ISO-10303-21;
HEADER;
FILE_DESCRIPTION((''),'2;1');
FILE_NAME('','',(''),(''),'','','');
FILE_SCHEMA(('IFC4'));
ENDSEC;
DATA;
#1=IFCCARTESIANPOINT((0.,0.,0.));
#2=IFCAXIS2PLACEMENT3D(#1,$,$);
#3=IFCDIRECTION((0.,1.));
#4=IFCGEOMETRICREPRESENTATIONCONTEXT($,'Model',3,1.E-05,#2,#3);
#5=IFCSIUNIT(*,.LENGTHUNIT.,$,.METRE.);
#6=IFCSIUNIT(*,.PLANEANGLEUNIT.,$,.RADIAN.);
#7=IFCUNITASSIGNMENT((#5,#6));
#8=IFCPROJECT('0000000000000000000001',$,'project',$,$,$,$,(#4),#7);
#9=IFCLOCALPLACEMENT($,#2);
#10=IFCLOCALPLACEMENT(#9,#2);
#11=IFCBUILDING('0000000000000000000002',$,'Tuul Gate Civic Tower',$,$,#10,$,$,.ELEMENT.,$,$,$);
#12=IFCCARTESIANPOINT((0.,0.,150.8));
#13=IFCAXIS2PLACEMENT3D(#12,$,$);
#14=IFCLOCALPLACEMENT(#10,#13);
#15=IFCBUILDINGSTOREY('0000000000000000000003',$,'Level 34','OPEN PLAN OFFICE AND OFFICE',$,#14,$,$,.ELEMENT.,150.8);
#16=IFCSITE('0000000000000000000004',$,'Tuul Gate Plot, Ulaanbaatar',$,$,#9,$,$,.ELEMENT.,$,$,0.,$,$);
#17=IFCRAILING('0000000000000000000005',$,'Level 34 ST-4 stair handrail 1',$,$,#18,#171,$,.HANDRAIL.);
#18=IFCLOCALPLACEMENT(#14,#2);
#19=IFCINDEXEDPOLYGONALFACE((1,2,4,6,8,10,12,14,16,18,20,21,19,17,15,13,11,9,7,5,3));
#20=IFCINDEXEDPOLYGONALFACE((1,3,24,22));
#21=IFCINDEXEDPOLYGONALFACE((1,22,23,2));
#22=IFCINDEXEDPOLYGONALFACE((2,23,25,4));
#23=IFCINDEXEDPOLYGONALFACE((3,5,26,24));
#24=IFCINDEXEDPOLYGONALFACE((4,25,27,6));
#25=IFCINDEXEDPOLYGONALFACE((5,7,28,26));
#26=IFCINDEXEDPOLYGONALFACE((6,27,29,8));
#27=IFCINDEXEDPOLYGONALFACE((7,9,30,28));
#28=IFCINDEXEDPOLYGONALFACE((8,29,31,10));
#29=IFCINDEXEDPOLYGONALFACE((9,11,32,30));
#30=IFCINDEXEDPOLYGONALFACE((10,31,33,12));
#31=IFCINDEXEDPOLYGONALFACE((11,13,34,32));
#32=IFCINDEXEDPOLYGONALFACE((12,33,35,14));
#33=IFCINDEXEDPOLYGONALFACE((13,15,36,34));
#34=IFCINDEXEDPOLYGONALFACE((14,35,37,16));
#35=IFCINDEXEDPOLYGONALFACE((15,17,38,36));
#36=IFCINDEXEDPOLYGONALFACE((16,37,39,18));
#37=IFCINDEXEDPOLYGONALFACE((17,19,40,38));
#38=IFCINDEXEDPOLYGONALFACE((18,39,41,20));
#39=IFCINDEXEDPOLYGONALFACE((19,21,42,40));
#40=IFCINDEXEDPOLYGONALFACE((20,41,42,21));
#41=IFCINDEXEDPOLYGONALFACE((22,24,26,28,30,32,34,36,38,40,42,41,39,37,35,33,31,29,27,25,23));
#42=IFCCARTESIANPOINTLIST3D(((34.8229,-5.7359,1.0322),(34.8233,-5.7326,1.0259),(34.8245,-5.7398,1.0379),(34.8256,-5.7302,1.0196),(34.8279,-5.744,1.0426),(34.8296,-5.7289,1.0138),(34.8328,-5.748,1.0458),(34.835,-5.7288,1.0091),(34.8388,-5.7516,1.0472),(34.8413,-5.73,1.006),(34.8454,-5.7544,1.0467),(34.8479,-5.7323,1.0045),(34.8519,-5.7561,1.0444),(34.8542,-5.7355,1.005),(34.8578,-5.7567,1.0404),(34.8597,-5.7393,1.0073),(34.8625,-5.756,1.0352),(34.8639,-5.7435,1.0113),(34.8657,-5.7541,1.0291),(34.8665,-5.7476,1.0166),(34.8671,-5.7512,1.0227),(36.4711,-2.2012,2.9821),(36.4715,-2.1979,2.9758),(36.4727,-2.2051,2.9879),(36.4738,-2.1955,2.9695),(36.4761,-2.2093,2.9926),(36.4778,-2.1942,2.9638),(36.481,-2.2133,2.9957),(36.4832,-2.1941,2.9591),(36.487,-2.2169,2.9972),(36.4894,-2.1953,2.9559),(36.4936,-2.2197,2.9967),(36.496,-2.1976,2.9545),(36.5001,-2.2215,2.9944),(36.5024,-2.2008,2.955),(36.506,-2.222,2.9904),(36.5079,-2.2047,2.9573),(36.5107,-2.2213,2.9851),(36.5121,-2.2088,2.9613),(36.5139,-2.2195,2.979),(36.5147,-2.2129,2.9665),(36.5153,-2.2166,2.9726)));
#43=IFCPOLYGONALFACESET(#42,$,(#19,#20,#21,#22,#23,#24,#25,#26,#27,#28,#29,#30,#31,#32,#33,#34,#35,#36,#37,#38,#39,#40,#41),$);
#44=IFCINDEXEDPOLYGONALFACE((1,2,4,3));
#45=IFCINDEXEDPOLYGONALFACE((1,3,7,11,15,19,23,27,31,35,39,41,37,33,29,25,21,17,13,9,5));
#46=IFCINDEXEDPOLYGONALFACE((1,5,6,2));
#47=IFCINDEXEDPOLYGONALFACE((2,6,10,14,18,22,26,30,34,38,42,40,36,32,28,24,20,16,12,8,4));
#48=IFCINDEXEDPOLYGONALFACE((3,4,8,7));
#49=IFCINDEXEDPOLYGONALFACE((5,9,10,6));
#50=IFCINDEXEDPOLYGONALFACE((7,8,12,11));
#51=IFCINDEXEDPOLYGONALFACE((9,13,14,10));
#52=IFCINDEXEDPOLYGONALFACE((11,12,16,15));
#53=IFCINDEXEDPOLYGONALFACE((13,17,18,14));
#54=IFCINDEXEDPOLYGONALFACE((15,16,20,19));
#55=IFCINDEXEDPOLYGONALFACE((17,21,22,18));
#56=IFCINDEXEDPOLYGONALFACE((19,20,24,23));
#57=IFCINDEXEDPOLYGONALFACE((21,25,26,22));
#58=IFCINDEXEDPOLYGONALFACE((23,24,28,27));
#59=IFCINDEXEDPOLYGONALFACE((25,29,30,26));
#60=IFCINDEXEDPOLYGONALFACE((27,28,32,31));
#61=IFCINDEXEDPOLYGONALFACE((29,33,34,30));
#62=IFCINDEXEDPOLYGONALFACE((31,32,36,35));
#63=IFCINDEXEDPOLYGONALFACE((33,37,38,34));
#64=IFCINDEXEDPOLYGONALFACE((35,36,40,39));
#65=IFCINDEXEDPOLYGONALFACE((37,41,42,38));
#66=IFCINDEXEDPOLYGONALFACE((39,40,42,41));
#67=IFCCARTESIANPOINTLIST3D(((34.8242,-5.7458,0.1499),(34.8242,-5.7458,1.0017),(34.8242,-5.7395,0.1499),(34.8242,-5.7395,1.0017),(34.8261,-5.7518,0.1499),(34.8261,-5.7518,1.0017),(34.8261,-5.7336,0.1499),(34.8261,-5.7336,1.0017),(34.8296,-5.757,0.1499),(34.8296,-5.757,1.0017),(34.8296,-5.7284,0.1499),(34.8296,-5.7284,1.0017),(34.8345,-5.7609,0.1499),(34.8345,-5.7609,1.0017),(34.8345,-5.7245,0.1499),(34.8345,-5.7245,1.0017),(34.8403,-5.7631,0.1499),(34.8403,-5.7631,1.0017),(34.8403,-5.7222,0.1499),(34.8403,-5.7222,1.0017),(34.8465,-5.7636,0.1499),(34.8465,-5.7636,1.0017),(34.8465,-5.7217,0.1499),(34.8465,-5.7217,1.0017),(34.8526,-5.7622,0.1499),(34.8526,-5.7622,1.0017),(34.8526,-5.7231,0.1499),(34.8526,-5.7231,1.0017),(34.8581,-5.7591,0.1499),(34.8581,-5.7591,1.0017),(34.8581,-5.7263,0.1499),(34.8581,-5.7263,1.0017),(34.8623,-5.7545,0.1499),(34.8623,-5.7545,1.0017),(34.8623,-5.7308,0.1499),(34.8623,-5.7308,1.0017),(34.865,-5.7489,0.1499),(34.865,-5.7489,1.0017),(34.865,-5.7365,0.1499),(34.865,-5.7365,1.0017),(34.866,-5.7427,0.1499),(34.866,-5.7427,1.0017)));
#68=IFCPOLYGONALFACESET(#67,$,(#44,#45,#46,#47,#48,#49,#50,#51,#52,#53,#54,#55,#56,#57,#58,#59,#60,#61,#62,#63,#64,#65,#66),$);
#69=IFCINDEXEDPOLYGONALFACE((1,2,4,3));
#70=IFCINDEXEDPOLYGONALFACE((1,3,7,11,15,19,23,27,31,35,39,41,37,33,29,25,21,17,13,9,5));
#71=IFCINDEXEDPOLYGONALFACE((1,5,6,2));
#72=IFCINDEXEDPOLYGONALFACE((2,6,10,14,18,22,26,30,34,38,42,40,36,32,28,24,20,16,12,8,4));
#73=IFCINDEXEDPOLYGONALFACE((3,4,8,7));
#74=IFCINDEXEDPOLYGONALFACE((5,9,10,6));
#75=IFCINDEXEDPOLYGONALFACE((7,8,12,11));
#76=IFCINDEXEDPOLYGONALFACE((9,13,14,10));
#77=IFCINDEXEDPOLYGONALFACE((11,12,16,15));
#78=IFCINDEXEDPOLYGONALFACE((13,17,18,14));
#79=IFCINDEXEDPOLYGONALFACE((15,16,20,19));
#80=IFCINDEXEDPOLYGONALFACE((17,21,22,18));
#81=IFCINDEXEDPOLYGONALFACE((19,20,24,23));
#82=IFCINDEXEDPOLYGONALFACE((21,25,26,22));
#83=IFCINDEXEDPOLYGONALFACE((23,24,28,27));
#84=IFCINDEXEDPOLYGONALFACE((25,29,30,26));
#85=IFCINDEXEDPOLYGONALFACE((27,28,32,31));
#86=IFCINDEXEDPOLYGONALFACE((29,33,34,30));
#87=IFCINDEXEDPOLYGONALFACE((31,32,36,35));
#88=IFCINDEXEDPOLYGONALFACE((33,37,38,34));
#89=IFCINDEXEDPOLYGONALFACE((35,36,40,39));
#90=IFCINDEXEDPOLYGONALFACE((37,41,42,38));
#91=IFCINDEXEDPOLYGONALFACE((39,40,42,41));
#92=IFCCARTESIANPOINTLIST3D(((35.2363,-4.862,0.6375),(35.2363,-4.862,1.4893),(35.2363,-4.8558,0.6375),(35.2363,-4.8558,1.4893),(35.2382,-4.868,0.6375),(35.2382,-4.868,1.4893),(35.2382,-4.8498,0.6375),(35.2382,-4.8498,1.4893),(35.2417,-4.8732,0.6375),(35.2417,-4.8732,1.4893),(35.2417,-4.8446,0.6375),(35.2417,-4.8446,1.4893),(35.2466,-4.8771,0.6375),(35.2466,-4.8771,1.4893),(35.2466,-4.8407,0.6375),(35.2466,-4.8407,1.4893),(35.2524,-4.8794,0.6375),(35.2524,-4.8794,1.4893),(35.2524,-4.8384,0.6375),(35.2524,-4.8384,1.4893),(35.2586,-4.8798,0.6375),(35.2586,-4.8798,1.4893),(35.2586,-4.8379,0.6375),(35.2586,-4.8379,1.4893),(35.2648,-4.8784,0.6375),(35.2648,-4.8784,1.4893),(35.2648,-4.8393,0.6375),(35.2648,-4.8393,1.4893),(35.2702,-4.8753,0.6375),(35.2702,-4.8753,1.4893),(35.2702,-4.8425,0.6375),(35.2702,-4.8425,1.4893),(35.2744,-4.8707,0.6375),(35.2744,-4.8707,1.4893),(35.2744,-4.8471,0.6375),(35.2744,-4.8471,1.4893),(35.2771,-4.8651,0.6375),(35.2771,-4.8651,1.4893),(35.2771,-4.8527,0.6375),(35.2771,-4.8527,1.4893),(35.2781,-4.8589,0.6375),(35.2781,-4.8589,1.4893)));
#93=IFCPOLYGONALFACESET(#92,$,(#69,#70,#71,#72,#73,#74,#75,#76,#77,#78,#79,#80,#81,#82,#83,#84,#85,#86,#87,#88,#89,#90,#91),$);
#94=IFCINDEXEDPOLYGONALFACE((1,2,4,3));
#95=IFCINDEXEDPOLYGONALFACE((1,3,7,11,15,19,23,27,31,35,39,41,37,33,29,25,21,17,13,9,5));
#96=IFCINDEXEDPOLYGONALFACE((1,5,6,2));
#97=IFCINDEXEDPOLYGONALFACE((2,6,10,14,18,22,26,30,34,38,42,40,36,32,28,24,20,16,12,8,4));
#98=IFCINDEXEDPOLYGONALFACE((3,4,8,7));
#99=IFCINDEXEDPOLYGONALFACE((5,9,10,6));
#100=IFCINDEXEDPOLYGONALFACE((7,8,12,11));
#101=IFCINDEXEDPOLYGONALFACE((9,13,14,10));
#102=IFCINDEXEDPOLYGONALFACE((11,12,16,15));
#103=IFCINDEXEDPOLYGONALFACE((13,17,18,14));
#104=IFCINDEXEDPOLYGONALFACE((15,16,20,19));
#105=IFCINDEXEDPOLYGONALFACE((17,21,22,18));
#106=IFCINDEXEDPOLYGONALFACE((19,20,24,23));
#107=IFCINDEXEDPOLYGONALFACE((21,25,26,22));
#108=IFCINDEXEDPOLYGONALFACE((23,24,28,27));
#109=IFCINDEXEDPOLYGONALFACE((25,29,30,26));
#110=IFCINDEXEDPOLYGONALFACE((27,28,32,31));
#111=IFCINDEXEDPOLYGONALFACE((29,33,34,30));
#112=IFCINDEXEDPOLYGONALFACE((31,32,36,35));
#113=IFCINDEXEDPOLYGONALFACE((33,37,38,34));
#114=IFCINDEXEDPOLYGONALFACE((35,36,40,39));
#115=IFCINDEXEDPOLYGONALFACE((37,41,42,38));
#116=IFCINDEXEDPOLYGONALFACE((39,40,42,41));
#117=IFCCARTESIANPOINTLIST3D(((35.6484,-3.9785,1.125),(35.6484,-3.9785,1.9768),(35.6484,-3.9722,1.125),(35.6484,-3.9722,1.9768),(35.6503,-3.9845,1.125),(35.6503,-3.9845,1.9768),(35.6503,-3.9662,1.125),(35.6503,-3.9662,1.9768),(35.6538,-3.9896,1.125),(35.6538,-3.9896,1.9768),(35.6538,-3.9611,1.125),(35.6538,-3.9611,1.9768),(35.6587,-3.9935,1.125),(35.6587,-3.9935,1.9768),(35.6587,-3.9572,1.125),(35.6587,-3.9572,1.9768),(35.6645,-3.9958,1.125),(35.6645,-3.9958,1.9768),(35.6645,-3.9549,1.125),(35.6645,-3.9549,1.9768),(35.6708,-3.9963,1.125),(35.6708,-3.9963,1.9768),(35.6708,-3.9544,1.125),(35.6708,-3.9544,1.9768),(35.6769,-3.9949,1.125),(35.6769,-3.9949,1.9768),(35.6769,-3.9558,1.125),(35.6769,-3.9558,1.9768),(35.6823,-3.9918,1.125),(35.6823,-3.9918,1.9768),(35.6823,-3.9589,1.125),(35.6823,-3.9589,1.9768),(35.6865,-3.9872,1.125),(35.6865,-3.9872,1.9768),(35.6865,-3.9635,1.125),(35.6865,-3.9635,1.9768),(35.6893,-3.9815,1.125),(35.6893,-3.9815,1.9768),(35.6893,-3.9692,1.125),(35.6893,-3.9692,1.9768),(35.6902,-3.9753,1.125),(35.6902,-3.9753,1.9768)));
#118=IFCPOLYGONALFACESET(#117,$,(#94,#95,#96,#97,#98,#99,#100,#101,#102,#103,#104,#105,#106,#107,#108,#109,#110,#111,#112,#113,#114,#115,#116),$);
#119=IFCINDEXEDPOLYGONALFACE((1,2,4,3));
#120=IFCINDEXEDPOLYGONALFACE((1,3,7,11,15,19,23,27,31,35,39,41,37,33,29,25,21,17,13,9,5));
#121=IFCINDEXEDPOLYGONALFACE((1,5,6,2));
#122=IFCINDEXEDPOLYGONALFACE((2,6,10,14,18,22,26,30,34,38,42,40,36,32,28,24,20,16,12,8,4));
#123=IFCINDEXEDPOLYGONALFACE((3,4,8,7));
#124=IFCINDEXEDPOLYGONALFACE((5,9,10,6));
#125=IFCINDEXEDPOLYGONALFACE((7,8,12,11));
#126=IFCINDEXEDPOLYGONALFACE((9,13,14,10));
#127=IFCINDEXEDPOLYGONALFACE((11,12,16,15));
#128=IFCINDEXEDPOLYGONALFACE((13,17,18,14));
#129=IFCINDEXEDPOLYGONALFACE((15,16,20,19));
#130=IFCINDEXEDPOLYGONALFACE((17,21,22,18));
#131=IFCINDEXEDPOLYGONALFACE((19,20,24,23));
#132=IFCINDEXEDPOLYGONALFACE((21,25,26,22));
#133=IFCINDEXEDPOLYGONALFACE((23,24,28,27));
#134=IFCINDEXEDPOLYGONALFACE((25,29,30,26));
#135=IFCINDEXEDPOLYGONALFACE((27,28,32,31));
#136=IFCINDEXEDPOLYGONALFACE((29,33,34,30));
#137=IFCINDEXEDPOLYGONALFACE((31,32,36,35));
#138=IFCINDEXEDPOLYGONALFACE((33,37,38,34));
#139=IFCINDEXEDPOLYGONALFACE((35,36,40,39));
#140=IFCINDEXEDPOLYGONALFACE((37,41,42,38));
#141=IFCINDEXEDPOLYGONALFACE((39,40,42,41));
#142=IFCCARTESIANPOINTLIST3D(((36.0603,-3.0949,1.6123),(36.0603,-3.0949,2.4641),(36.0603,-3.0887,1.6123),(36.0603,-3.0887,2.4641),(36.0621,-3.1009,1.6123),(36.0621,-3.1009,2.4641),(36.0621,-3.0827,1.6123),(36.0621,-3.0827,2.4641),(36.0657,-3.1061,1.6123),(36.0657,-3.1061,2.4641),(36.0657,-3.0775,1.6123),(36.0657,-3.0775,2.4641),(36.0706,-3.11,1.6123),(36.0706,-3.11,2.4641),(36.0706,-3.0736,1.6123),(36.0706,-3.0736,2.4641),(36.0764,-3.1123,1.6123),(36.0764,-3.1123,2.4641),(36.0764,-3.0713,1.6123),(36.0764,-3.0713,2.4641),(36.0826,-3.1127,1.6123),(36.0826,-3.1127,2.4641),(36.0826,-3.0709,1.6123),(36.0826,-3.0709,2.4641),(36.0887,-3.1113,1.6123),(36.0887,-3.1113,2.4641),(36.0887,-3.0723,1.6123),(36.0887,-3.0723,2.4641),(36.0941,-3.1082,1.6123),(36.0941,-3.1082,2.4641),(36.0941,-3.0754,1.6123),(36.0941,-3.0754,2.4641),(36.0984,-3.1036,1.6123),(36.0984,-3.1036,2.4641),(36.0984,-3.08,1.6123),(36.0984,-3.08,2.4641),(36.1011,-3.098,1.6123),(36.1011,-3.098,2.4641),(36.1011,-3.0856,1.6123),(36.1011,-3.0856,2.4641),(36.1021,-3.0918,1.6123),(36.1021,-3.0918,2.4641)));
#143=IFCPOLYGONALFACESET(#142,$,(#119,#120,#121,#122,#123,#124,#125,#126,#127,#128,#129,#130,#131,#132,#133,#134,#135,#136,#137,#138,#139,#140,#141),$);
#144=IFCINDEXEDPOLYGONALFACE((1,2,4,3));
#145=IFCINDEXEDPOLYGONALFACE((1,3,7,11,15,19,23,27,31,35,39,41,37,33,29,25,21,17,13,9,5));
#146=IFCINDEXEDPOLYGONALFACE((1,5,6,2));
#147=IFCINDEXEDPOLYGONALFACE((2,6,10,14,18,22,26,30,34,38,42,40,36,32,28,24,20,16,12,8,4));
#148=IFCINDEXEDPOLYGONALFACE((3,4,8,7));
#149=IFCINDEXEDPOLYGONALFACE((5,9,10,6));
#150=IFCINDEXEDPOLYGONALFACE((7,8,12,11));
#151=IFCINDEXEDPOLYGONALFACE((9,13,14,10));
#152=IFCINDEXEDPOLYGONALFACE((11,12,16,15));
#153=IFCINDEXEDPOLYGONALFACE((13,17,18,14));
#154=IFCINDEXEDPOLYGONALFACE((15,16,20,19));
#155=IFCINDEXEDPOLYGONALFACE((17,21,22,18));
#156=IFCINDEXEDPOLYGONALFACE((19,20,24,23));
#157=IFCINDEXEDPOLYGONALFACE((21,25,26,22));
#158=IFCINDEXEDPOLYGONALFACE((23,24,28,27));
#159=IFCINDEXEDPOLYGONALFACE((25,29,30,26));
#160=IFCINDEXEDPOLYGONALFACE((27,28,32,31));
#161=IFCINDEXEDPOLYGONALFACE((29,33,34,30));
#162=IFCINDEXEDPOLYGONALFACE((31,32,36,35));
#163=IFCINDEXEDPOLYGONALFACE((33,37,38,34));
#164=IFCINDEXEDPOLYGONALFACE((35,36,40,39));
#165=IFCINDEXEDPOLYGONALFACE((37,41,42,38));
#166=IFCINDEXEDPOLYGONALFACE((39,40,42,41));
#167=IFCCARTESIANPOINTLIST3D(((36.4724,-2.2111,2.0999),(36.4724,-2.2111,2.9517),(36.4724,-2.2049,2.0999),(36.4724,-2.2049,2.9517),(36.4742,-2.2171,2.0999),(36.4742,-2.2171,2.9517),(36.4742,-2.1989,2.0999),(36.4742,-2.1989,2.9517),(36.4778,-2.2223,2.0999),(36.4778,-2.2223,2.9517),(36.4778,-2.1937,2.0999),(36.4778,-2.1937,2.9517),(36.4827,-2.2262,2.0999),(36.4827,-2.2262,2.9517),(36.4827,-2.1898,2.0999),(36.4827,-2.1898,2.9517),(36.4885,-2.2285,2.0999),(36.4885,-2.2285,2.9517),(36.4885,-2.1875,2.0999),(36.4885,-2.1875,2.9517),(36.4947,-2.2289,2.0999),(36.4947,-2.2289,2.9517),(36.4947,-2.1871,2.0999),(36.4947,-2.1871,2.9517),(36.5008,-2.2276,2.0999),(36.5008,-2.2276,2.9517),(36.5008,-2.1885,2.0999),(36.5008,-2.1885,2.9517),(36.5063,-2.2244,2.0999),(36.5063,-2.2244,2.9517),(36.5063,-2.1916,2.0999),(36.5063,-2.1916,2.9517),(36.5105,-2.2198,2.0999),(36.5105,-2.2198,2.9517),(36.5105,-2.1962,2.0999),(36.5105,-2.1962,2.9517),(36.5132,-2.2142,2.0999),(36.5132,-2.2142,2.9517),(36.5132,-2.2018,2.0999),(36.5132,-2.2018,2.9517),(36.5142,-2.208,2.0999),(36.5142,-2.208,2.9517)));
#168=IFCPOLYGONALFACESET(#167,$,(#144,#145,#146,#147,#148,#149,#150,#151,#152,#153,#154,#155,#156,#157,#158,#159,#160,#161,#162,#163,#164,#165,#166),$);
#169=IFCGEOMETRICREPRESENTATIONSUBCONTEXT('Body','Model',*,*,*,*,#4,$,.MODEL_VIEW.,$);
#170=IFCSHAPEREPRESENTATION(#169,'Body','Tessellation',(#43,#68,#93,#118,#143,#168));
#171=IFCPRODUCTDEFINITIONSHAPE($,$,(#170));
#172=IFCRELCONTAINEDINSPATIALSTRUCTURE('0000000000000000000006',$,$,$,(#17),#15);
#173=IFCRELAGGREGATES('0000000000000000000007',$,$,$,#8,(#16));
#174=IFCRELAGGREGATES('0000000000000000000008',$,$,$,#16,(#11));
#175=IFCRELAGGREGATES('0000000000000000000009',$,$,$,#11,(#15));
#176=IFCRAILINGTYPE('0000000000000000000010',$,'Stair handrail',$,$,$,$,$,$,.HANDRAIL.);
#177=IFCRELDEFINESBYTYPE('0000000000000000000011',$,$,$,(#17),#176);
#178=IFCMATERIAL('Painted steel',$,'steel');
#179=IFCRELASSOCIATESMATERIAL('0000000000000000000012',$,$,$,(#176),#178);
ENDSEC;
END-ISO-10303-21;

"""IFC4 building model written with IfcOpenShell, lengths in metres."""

from ifc_helpers import new_model, si_unit, direction, frame, origin, origin_2d, place, context, subcontext, project, spatial, circle, extrude, material, type_object, element, save


model = new_model("IFC4")

# Units and contexts
model_context = context("Model", 3, precision=1e-05, world=origin(), true_north=direction((0.0, 1.0)))
body_context = subcontext(model_context, "Body", "Model", "MODEL_VIEW")
ifc_project = project(units=[si_unit("LENGTHUNIT", "METRE"), si_unit("PLANEANGLEUNIT", "RADIAN")], contexts=[model_context])

# Site, building, storey
site_placement = place(None, origin())
site = spatial("IfcSite", under=ifc_project, at=site_placement, Name="Tuul Gate Plot, Ulaanbaatar", CompositionType="ELEMENT", RefElevation=0.0)
building_placement = place(site_placement, origin())
building = spatial("IfcBuilding", under=site, at=building_placement, Name="Tuul Gate Civic Tower", CompositionType="ELEMENT")
storey_placement = place(building_placement, frame((0.0, 0.0, 150.8)))
storey = spatial("IfcBuildingStorey", under=building, at=storey_placement, Name="Level 34", Description="OPEN PLAN OFFICE AND OFFICE", CompositionType="ELEMENT", Elevation=150.8)

# Railing
ifc_material_1 = material(Name="Painted steel", Category="steel")
railing_type_1 = type_object("IfcRailingType", Name="Stair handrail", PredefinedType="HANDRAIL", material=ifc_material_1)
railing_1_placement = place(storey_placement, frame((34.845, -5.7427, 0.1499)))
element("IfcRailing", 1, at=railing_1_placement, inside=storey, type_object=railing_type_1, Name="Level 34 ST-4 stair handrail 1", PredefinedType="HANDRAIL", context=body_context, shape_type="SweptSolid", body=[
    extrude(circle(Radius=0.0239, at=origin_2d()), frame((0.0, 0.0, 0.876), z_axis=(0.377995, 0.810637, 0.4472), x_axis=(-0.906313, 0.422608, 0.0)), (0.0, 0.0, 1.0), 4.3604),
    extrude(circle(Radius=0.021, at=origin_2d()), origin(), (0.0, 0.0, 1.0), 0.8518),
    extrude(circle(Radius=0.021, at=origin_2d()), frame((0.4121, 0.8838, 0.4875)), (0.0, 0.0, 1.0), 0.8518),
    extrude(circle(Radius=0.021, at=origin_2d()), frame((0.8242, 1.7673, 0.9751)), (0.0, 0.0, 1.0), 0.8518),
    extrude(circle(Radius=0.021, at=origin_2d()), frame((1.2361, 2.6509, 1.4624)), (0.0, 0.0, 1.0), 0.8518),
    extrude(circle(Radius=0.021, at=origin_2d()), frame((1.6482, 3.5347, 1.95)), (0.0, 0.0, 1.0), 0.8518),
])

save(model, "model.ifc")
